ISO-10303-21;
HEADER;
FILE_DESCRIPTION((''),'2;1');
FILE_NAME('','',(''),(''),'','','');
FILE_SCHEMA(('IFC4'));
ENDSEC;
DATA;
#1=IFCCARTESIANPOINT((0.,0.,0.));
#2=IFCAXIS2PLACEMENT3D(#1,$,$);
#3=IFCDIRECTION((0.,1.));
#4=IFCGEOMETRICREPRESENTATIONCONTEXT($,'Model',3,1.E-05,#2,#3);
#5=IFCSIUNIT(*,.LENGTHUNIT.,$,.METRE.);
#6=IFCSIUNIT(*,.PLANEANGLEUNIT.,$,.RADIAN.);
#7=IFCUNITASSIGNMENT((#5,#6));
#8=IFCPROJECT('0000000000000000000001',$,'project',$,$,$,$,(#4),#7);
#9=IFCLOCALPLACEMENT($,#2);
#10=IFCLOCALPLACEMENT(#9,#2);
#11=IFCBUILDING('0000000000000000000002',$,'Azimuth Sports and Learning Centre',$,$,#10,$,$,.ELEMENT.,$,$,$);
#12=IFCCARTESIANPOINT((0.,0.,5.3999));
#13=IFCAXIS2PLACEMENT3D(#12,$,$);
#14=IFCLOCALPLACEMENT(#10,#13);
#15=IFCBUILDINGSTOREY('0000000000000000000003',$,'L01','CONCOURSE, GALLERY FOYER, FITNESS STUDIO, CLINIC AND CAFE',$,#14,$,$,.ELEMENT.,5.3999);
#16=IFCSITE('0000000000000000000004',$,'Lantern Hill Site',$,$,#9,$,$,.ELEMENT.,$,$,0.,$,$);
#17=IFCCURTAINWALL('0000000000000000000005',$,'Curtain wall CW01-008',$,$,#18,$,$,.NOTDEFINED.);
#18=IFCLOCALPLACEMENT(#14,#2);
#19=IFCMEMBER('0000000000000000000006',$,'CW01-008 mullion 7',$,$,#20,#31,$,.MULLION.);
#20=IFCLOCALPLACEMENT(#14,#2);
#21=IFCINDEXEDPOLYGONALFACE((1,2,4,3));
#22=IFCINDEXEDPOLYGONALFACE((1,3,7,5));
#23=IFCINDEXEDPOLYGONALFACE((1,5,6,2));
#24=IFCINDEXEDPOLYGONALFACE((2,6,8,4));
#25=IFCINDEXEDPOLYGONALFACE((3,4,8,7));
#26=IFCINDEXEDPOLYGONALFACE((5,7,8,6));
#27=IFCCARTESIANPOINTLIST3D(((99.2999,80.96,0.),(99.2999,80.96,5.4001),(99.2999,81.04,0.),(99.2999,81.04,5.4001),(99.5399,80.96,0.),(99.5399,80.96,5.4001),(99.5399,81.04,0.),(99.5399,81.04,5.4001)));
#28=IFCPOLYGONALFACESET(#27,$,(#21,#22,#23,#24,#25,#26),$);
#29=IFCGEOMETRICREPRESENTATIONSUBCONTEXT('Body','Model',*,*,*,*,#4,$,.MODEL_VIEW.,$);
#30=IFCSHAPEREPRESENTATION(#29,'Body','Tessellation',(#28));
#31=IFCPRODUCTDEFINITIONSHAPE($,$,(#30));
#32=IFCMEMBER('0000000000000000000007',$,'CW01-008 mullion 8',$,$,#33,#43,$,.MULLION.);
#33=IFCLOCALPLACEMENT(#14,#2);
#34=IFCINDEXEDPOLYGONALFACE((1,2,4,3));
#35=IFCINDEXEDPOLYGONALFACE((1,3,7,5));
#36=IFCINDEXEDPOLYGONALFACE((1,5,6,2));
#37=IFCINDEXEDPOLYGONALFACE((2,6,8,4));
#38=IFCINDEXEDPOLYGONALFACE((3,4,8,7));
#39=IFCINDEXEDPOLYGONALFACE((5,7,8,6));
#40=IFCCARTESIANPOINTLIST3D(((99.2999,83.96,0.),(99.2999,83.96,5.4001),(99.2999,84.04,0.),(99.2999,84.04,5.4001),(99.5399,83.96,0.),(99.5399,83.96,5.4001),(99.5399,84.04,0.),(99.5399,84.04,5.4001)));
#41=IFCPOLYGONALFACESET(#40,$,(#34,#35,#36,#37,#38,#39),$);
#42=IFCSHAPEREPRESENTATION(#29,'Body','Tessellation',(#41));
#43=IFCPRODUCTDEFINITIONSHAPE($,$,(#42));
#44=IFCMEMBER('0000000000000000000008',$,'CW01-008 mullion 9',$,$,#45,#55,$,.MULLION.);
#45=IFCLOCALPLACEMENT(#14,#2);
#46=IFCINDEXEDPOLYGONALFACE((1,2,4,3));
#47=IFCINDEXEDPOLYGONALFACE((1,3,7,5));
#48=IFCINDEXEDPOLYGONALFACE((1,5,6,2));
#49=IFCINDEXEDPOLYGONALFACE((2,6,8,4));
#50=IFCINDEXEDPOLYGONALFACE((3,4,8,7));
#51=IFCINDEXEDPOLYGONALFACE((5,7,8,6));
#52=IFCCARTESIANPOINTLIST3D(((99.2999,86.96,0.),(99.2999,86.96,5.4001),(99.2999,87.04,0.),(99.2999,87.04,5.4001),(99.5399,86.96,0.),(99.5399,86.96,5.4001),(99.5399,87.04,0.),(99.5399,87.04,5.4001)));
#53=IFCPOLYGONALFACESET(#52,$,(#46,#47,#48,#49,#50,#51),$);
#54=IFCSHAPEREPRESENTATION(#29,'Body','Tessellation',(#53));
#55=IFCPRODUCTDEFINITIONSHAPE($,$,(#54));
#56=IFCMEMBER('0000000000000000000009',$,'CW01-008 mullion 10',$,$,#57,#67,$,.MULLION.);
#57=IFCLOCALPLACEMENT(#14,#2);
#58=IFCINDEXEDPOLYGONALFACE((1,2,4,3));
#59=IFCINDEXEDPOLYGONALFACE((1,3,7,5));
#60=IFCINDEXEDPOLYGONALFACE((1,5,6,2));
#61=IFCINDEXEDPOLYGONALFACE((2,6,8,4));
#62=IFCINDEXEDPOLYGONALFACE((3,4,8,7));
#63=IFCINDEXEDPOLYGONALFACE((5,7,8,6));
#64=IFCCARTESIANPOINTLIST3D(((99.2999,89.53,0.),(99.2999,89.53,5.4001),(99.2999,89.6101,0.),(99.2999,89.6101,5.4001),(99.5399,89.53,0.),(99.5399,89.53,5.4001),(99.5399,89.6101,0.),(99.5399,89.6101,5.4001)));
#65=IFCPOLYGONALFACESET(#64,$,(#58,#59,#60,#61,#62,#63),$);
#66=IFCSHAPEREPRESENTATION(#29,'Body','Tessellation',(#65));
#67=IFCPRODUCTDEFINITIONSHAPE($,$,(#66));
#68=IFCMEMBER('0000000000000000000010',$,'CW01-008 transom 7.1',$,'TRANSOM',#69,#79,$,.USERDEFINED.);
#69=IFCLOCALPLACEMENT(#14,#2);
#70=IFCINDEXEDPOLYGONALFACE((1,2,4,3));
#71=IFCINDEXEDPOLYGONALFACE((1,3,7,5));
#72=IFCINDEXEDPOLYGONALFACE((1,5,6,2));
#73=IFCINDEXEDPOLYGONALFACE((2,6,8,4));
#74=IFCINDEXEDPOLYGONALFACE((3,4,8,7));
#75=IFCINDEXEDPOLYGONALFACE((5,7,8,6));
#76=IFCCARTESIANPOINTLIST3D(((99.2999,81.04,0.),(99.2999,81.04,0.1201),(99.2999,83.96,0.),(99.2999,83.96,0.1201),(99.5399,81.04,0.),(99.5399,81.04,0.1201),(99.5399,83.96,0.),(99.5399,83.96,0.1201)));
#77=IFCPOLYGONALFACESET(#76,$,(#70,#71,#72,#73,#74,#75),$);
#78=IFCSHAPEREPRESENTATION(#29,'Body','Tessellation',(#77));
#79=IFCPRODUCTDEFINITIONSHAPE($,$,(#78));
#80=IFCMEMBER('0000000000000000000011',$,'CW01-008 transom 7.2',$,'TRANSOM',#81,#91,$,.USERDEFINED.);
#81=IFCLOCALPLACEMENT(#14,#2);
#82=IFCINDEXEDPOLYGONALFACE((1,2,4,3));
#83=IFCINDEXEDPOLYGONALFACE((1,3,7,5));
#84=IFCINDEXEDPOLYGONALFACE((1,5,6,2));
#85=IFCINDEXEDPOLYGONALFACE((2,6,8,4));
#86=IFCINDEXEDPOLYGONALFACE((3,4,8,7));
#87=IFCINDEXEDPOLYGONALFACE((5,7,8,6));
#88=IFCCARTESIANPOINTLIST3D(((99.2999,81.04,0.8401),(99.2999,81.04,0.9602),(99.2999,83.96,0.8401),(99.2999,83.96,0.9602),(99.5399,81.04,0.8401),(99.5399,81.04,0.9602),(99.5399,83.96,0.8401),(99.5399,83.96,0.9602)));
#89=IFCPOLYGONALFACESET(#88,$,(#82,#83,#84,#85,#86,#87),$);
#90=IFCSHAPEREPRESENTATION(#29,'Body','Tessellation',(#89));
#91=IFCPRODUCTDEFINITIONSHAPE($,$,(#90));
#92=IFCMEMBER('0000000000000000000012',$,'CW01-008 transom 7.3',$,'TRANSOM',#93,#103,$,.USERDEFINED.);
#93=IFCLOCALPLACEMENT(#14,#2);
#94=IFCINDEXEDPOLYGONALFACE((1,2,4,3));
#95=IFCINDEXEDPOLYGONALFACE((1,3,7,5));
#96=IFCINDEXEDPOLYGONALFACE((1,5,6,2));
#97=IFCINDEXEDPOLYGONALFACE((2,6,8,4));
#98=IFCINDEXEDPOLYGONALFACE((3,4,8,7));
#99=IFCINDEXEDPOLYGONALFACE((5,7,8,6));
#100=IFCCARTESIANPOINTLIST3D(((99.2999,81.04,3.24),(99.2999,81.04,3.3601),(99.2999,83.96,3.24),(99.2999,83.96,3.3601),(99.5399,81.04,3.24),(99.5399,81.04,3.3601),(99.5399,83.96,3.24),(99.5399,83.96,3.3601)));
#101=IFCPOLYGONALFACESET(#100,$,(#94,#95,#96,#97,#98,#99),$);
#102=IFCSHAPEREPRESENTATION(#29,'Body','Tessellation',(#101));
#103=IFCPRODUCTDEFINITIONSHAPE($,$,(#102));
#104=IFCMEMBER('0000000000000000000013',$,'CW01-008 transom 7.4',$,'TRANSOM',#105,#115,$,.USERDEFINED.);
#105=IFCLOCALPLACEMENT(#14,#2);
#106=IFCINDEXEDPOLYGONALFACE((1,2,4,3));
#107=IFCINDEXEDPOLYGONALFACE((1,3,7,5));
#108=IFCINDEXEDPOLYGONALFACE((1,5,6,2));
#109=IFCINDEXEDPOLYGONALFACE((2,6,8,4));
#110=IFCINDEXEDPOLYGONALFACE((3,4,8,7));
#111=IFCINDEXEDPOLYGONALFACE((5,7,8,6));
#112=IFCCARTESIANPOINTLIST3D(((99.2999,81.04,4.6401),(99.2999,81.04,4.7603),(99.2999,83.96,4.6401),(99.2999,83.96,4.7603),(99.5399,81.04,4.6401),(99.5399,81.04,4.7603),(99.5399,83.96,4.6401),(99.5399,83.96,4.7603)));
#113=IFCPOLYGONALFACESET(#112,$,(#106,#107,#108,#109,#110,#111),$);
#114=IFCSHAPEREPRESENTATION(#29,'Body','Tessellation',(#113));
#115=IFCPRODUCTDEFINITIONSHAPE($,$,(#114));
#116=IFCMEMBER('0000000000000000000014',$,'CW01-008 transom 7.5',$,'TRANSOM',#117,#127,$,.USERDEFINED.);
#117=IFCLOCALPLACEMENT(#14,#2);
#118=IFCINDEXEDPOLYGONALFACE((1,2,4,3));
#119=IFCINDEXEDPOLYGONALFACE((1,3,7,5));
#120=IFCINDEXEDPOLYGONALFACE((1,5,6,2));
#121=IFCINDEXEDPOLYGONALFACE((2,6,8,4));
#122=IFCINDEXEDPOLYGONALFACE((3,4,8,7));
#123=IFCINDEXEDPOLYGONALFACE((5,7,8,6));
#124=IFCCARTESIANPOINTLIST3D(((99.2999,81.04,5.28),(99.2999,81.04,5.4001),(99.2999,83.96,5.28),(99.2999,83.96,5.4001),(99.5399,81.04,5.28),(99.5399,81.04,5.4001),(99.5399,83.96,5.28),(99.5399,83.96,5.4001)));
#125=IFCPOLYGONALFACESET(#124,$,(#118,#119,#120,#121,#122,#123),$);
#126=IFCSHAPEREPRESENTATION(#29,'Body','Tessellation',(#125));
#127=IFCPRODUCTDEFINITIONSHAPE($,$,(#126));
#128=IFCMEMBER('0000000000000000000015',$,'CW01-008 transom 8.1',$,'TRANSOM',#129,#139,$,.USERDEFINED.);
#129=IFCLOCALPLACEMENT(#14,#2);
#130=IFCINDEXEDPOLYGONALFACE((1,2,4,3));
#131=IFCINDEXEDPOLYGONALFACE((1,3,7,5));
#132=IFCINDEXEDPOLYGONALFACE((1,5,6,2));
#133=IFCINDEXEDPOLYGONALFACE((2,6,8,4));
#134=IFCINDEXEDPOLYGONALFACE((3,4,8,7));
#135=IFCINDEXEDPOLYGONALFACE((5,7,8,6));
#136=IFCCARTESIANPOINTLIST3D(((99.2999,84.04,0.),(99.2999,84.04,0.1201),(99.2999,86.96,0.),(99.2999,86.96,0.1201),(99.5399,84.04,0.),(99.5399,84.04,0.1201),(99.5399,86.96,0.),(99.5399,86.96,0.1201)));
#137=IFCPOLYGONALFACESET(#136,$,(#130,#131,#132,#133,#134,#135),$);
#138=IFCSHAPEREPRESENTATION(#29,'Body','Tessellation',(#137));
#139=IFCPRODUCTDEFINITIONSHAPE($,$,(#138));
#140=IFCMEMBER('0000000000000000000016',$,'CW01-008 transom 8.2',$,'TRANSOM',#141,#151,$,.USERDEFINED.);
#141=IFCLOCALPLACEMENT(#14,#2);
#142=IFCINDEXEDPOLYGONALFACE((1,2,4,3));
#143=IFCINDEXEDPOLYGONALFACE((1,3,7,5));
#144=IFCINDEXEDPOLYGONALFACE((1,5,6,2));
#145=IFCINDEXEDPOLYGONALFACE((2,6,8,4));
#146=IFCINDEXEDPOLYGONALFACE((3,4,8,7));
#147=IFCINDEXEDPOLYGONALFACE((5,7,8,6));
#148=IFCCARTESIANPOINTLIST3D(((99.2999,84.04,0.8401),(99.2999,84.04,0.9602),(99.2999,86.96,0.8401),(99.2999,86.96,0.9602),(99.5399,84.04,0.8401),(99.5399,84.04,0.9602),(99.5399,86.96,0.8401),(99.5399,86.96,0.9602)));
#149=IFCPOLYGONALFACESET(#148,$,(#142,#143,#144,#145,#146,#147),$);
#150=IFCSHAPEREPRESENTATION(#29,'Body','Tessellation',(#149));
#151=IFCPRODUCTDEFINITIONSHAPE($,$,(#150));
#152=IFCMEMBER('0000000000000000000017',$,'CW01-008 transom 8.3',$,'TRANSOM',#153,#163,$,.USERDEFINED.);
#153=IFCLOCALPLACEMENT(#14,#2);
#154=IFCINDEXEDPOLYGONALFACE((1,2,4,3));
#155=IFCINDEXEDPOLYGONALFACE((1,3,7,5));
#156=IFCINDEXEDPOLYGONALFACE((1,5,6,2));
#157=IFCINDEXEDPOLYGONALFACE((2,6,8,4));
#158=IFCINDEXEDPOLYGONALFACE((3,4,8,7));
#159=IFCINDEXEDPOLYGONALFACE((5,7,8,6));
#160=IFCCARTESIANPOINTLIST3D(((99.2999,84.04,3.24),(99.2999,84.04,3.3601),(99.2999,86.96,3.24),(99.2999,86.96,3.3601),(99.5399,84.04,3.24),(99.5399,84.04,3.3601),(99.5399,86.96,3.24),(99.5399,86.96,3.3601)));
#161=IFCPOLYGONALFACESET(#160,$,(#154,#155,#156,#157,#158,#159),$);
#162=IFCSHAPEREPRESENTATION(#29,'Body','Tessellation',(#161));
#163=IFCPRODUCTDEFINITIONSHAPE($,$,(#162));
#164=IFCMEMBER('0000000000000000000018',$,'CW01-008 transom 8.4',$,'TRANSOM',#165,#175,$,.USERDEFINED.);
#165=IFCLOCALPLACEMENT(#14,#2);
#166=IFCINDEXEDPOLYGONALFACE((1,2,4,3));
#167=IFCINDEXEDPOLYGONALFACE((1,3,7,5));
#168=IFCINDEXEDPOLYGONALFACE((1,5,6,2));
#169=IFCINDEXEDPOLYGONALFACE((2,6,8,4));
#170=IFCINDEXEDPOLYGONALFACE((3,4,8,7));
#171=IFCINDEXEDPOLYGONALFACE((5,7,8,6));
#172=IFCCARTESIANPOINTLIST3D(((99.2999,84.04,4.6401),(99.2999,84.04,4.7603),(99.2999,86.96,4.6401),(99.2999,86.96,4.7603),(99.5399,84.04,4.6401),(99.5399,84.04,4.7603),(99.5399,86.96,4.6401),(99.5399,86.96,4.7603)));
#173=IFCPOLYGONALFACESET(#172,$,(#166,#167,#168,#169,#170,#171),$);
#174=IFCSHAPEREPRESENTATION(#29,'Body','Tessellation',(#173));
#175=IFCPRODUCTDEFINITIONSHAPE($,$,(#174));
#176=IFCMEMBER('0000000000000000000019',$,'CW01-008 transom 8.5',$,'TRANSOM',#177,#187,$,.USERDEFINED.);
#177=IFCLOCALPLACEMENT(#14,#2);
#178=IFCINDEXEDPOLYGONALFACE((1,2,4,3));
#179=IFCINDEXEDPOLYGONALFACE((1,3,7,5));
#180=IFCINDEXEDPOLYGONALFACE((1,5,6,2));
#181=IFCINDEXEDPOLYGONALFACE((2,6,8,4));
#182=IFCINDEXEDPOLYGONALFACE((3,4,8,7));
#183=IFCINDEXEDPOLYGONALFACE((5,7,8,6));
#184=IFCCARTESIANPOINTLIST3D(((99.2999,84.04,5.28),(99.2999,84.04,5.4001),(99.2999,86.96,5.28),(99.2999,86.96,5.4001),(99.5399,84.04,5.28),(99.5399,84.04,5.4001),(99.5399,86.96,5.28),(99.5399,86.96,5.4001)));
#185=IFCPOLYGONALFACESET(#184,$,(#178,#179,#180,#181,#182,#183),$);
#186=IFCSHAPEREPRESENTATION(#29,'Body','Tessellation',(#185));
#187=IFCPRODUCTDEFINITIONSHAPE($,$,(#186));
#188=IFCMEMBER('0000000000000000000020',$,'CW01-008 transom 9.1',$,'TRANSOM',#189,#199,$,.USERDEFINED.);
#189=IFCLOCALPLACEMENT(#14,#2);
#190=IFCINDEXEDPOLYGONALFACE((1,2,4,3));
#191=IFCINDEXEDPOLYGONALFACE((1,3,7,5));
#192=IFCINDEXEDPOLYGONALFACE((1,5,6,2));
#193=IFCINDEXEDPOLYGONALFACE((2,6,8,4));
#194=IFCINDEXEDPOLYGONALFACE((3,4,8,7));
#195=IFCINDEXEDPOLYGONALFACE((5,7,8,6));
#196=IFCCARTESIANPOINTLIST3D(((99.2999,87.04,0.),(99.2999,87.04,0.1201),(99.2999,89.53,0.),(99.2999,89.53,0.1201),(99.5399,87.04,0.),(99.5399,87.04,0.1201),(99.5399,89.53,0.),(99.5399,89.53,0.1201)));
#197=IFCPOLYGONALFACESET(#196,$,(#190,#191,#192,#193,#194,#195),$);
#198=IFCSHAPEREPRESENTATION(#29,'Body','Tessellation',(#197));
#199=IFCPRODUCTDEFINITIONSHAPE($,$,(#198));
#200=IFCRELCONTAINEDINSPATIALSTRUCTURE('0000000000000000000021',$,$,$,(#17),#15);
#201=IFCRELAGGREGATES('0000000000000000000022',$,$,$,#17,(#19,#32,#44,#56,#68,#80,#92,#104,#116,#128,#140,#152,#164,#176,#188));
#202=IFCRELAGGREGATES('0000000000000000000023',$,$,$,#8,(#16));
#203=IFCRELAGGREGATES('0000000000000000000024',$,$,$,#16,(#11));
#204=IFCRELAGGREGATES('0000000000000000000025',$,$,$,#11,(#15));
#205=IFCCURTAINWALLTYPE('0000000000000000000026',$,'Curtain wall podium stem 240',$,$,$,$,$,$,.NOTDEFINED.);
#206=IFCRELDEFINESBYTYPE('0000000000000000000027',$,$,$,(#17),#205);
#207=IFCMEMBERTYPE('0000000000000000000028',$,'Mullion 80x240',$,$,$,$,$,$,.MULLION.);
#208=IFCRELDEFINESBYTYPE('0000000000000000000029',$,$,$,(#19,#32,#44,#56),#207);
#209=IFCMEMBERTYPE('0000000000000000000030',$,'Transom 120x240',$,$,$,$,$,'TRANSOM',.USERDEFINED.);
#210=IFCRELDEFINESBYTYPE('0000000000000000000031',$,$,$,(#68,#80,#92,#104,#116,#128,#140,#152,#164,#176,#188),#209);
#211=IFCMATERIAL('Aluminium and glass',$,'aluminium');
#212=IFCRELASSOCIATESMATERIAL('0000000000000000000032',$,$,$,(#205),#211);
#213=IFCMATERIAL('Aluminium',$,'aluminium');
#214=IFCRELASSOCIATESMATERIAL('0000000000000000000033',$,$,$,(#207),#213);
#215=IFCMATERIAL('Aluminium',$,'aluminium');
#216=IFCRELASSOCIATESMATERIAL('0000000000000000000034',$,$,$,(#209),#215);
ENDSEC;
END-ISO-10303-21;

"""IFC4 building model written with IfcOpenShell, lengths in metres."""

from ifc_helpers import new_model, si_unit, direction, frame, origin, origin_2d, place, context, subcontext, project, spatial, rectangle, extrude, material, material_profile, profile_set, type_object, element, aggregate, save


model = new_model("IFC4")

# Units and contexts
model_context = context("Model", 3, precision=1e-05, world=origin(), true_north=direction((0.0, 1.0)))
body_context = subcontext(model_context, "Body", "Model", "MODEL_VIEW")
ifc_project = project(units=[si_unit("LENGTHUNIT", "METRE"), si_unit("PLANEANGLEUNIT", "RADIAN")], contexts=[model_context])

# Site, building, storey
site_placement = place(None, origin())
site = spatial("IfcSite", under=ifc_project, at=site_placement, Name="Lantern Hill Site", CompositionType="ELEMENT", RefElevation=0.0)
building_placement = place(site_placement, origin())
building = spatial("IfcBuilding", under=site, at=building_placement, Name="Azimuth Sports and Learning Centre", CompositionType="ELEMENT")
storey_placement = place(building_placement, frame((0.0, 0.0, 5.3999)))
storey = spatial("IfcBuildingStorey", under=building, at=storey_placement, Name="L01", Description="CONCOURSE, GALLERY FOYER, FITNESS STUDIO, CLINIC AND CAFE", CompositionType="ELEMENT", Elevation=5.3999)

# Curtain wall, members
ifc_material_1 = material(Name="Aluminium and glass", Category="aluminium")
curtain_wall_type = type_object("IfcCurtainWallType", Name="Curtain wall podium stem 240", PredefinedType="NOTDEFINED", material=ifc_material_1)
curtain_wall_placement = place(storey_placement, origin())
curtain_wall = element("IfcCurtainWall", 1, at=curtain_wall_placement, inside=storey, type_object=curtain_wall_type, Name="Curtain wall CW01-008", PredefinedType="NOTDEFINED")
ifc_material_2 = material(Name="Aluminium", Category="aluminium")
ifc_material_profile_1 = material_profile(ifc_material_2, rectangle(XDim=0.24, YDim=0.0801, at=origin_2d()), Name="Mullion 80x240")
ifc_profile_set_1 = profile_set([ifc_material_profile_1], Name="Aluminium")
member_type_1 = type_object("IfcMemberType", Name="Mullion 80x240", PredefinedType="MULLION", material=ifc_profile_set_1)
member_1_placement = place(storey_placement, frame((99.4199, 81.0, 0.0), z_axis=(0.0, 0.0, 1.0), x_axis=(-1.0, 0.0, 0.0)))
member_1 = element("IfcMember", 2, at=member_1_placement, type_object=member_type_1, Name="CW01-008 mullion 7", PredefinedType="MULLION", context=body_context, shape_type="SweptSolid", body=[
    extrude(rectangle(XDim=0.24, YDim=0.0801, at=origin_2d()), origin(), (0.0, 0.0, 1.0), 5.4001),
])
member_2_placement = place(storey_placement, frame((99.4199, 84.0, 0.0), z_axis=(0.0, 0.0, 1.0), x_axis=(-1.0, 0.0, 0.0)))
member_2 = element("IfcMember", 3, at=member_2_placement, type_object=member_type_1, Name="CW01-008 mullion 8", PredefinedType="MULLION", context=body_context, shape_type="SweptSolid", body=[
    extrude(rectangle(XDim=0.24, YDim=0.0801, at=origin_2d()), origin(), (0.0, 0.0, 1.0), 5.4001),
])
member_3_placement = place(storey_placement, frame((99.4199, 87.0, 0.0), z_axis=(0.0, 0.0, 1.0), x_axis=(-1.0, 0.0, 0.0)))
member_3 = element("IfcMember", 4, at=member_3_placement, type_object=member_type_1, Name="CW01-008 mullion 9", PredefinedType="MULLION", context=body_context, shape_type="SweptSolid", body=[
    extrude(rectangle(XDim=0.24, YDim=0.0801, at=origin_2d()), origin(), (0.0, 0.0, 1.0), 5.4001),
])
member_4_placement = place(storey_placement, frame((99.4199, 89.5701, 0.0), z_axis=(0.0, 0.0, 1.0), x_axis=(-1.0, 0.0, 0.0)))
member_4 = element("IfcMember", 5, at=member_4_placement, type_object=member_type_1, Name="CW01-008 mullion 10", PredefinedType="MULLION", context=body_context, shape_type="SweptSolid", body=[
    extrude(rectangle(XDim=0.24, YDim=0.0801, at=origin_2d()), origin(), (0.0, 0.0, 1.0), 5.4001),
])
ifc_material_3 = material(Name="Aluminium", Category="aluminium")
ifc_material_profile_2 = material_profile(ifc_material_3, rectangle(XDim=0.24, YDim=0.1201, at=origin_2d()), Name="Transom 120x240")
ifc_profile_set_2 = profile_set([ifc_material_profile_2], Name="Aluminium")
member_type_2 = type_object("IfcMemberType", Name="Transom 120x240", ElementType="TRANSOM", PredefinedType="USERDEFINED", material=ifc_profile_set_2)
member_5_placement = place(storey_placement, frame((99.4199, 81.04, 0.0601), z_axis=(0.0, 1.0, 0.0), x_axis=(-1.0, 0.0, 0.0)))
member_5 = element("IfcMember", 6, at=member_5_placement, type_object=member_type_2, Name="CW01-008 transom 7.1", ObjectType="TRANSOM", PredefinedType="USERDEFINED", context=body_context, shape_type="SweptSolid", body=[
    extrude(rectangle(XDim=0.24, YDim=0.1201, at=origin_2d()), origin(), (0.0, 0.0, 1.0), 2.9199),
])
member_6_placement = place(storey_placement, frame((99.4199, 81.04, 0.9001), z_axis=(0.0, 1.0, 0.0), x_axis=(-1.0, 0.0, 0.0)))
member_6 = element("IfcMember", 7, at=member_6_placement, type_object=member_type_2, Name="CW01-008 transom 7.2", ObjectType="TRANSOM", PredefinedType="USERDEFINED", context=body_context, shape_type="SweptSolid", body=[
    extrude(rectangle(XDim=0.24, YDim=0.1201, at=origin_2d()), origin(), (0.0, 0.0, 1.0), 2.9199),
])
member_7_placement = place(storey_placement, frame((99.4199, 81.04, 3.3), z_axis=(0.0, 1.0, 0.0), x_axis=(-1.0, 0.0, 0.0)))
member_7 = element("IfcMember", 8, at=member_7_placement, type_object=member_type_2, Name="CW01-008 transom 7.3", ObjectType="TRANSOM", PredefinedType="USERDEFINED", context=body_context, shape_type="SweptSolid", body=[
    extrude(rectangle(XDim=0.24, YDim=0.1201, at=origin_2d()), origin(), (0.0, 0.0, 1.0), 2.9199),
])
member_8_placement = place(storey_placement, frame((99.4199, 81.04, 4.7002), z_axis=(0.0, 1.0, 0.0), x_axis=(-1.0, 0.0, 0.0)))
member_8 = element("IfcMember", 9, at=member_8_placement, type_object=member_type_2, Name="CW01-008 transom 7.4", ObjectType="TRANSOM", PredefinedType="USERDEFINED", context=body_context, shape_type="SweptSolid", body=[
    extrude(rectangle(XDim=0.24, YDim=0.1201, at=origin_2d()), origin(), (0.0, 0.0, 1.0), 2.9199),
])
member_9_placement = place(storey_placement, frame((99.4199, 81.04, 5.3401), z_axis=(0.0, 1.0, 0.0), x_axis=(-1.0, 0.0, 0.0)))
member_9 = element("IfcMember", 10, at=member_9_placement, type_object=member_type_2, Name="CW01-008 transom 7.5", ObjectType="TRANSOM", PredefinedType="USERDEFINED", context=body_context, shape_type="SweptSolid", body=[
    extrude(rectangle(XDim=0.24, YDim=0.1201, at=origin_2d()), origin(), (0.0, 0.0, 1.0), 2.9199),
])
member_10_placement = place(storey_placement, frame((99.4199, 84.04, 0.0601), z_axis=(0.0, 1.0, 0.0), x_axis=(-1.0, 0.0, 0.0)))
member_10 = element("IfcMember", 11, at=member_10_placement, type_object=member_type_2, Name="CW01-008 transom 8.1", ObjectType="TRANSOM", PredefinedType="USERDEFINED", context=body_context, shape_type="SweptSolid", body=[
    extrude(rectangle(XDim=0.24, YDim=0.1201, at=origin_2d()), origin(), (0.0, 0.0, 1.0), 2.9199),
])
member_11_placement = place(storey_placement, frame((99.4199, 84.04, 0.9001), z_axis=(0.0, 1.0, 0.0), x_axis=(-1.0, 0.0, 0.0)))
member_11 = element("IfcMember", 12, at=member_11_placement, type_object=member_type_2, Name="CW01-008 transom 8.2", ObjectType="TRANSOM", PredefinedType="USERDEFINED", context=body_context, shape_type="SweptSolid", body=[
    extrude(rectangle(XDim=0.24, YDim=0.1201, at=origin_2d()), origin(), (0.0, 0.0, 1.0), 2.9199),
])
member_12_placement = place(storey_placement, frame((99.4199, 84.04, 3.3), z_axis=(0.0, 1.0, 0.0), x_axis=(-1.0, 0.0, 0.0)))
member_12 = element("IfcMember", 13, at=member_12_placement, type_object=member_type_2, Name="CW01-008 transom 8.3", ObjectType="TRANSOM", PredefinedType="USERDEFINED", context=body_context, shape_type="SweptSolid", body=[
    extrude(rectangle(XDim=0.24, YDim=0.1201, at=origin_2d()), origin(), (0.0, 0.0, 1.0), 2.9199),
])
member_13_placement = place(storey_placement, frame((99.4199, 84.04, 4.7002), z_axis=(0.0, 1.0, 0.0), x_axis=(-1.0, 0.0, 0.0)))
member_13 = element("IfcMember", 14, at=member_13_placement, type_object=member_type_2, Name="CW01-008 transom 8.4", ObjectType="TRANSOM", PredefinedType="USERDEFINED", context=body_context, shape_type="SweptSolid", body=[
    extrude(rectangle(XDim=0.24, YDim=0.1201, at=origin_2d()), origin(), (0.0, 0.0, 1.0), 2.9199),
])
member_14_placement = place(storey_placement, frame((99.4199, 84.04, 5.3401), z_axis=(0.0, 1.0, 0.0), x_axis=(-1.0, 0.0, 0.0)))
member_14 = element("IfcMember", 15, at=member_14_placement, type_object=member_type_2, Name="CW01-008 transom 8.5", ObjectType="TRANSOM", PredefinedType="USERDEFINED", context=body_context, shape_type="SweptSolid", body=[
    extrude(rectangle(XDim=0.24, YDim=0.1201, at=origin_2d()), origin(), (0.0, 0.0, 1.0), 2.9199),
])
member_15_placement = place(storey_placement, frame((99.4199, 87.04, 0.0601), z_axis=(0.0, 1.0, 0.0), x_axis=(-1.0, 0.0, 0.0)))
member_15 = element("IfcMember", 16, at=member_15_placement, type_object=member_type_2, Name="CW01-008 transom 9.1", ObjectType="TRANSOM", PredefinedType="USERDEFINED", context=body_context, shape_type="SweptSolid", body=[
    extrude(rectangle(XDim=0.24, YDim=0.1201, at=origin_2d()), origin(), (0.0, 0.0, 1.0), 2.49),
])
aggregate(curtain_wall, [member_1, member_2, member_3, member_4, member_5, member_6, member_7, member_8, member_9, member_10, member_11, member_12, member_13, member_14, member_15])

save(model, "model.ifc")
